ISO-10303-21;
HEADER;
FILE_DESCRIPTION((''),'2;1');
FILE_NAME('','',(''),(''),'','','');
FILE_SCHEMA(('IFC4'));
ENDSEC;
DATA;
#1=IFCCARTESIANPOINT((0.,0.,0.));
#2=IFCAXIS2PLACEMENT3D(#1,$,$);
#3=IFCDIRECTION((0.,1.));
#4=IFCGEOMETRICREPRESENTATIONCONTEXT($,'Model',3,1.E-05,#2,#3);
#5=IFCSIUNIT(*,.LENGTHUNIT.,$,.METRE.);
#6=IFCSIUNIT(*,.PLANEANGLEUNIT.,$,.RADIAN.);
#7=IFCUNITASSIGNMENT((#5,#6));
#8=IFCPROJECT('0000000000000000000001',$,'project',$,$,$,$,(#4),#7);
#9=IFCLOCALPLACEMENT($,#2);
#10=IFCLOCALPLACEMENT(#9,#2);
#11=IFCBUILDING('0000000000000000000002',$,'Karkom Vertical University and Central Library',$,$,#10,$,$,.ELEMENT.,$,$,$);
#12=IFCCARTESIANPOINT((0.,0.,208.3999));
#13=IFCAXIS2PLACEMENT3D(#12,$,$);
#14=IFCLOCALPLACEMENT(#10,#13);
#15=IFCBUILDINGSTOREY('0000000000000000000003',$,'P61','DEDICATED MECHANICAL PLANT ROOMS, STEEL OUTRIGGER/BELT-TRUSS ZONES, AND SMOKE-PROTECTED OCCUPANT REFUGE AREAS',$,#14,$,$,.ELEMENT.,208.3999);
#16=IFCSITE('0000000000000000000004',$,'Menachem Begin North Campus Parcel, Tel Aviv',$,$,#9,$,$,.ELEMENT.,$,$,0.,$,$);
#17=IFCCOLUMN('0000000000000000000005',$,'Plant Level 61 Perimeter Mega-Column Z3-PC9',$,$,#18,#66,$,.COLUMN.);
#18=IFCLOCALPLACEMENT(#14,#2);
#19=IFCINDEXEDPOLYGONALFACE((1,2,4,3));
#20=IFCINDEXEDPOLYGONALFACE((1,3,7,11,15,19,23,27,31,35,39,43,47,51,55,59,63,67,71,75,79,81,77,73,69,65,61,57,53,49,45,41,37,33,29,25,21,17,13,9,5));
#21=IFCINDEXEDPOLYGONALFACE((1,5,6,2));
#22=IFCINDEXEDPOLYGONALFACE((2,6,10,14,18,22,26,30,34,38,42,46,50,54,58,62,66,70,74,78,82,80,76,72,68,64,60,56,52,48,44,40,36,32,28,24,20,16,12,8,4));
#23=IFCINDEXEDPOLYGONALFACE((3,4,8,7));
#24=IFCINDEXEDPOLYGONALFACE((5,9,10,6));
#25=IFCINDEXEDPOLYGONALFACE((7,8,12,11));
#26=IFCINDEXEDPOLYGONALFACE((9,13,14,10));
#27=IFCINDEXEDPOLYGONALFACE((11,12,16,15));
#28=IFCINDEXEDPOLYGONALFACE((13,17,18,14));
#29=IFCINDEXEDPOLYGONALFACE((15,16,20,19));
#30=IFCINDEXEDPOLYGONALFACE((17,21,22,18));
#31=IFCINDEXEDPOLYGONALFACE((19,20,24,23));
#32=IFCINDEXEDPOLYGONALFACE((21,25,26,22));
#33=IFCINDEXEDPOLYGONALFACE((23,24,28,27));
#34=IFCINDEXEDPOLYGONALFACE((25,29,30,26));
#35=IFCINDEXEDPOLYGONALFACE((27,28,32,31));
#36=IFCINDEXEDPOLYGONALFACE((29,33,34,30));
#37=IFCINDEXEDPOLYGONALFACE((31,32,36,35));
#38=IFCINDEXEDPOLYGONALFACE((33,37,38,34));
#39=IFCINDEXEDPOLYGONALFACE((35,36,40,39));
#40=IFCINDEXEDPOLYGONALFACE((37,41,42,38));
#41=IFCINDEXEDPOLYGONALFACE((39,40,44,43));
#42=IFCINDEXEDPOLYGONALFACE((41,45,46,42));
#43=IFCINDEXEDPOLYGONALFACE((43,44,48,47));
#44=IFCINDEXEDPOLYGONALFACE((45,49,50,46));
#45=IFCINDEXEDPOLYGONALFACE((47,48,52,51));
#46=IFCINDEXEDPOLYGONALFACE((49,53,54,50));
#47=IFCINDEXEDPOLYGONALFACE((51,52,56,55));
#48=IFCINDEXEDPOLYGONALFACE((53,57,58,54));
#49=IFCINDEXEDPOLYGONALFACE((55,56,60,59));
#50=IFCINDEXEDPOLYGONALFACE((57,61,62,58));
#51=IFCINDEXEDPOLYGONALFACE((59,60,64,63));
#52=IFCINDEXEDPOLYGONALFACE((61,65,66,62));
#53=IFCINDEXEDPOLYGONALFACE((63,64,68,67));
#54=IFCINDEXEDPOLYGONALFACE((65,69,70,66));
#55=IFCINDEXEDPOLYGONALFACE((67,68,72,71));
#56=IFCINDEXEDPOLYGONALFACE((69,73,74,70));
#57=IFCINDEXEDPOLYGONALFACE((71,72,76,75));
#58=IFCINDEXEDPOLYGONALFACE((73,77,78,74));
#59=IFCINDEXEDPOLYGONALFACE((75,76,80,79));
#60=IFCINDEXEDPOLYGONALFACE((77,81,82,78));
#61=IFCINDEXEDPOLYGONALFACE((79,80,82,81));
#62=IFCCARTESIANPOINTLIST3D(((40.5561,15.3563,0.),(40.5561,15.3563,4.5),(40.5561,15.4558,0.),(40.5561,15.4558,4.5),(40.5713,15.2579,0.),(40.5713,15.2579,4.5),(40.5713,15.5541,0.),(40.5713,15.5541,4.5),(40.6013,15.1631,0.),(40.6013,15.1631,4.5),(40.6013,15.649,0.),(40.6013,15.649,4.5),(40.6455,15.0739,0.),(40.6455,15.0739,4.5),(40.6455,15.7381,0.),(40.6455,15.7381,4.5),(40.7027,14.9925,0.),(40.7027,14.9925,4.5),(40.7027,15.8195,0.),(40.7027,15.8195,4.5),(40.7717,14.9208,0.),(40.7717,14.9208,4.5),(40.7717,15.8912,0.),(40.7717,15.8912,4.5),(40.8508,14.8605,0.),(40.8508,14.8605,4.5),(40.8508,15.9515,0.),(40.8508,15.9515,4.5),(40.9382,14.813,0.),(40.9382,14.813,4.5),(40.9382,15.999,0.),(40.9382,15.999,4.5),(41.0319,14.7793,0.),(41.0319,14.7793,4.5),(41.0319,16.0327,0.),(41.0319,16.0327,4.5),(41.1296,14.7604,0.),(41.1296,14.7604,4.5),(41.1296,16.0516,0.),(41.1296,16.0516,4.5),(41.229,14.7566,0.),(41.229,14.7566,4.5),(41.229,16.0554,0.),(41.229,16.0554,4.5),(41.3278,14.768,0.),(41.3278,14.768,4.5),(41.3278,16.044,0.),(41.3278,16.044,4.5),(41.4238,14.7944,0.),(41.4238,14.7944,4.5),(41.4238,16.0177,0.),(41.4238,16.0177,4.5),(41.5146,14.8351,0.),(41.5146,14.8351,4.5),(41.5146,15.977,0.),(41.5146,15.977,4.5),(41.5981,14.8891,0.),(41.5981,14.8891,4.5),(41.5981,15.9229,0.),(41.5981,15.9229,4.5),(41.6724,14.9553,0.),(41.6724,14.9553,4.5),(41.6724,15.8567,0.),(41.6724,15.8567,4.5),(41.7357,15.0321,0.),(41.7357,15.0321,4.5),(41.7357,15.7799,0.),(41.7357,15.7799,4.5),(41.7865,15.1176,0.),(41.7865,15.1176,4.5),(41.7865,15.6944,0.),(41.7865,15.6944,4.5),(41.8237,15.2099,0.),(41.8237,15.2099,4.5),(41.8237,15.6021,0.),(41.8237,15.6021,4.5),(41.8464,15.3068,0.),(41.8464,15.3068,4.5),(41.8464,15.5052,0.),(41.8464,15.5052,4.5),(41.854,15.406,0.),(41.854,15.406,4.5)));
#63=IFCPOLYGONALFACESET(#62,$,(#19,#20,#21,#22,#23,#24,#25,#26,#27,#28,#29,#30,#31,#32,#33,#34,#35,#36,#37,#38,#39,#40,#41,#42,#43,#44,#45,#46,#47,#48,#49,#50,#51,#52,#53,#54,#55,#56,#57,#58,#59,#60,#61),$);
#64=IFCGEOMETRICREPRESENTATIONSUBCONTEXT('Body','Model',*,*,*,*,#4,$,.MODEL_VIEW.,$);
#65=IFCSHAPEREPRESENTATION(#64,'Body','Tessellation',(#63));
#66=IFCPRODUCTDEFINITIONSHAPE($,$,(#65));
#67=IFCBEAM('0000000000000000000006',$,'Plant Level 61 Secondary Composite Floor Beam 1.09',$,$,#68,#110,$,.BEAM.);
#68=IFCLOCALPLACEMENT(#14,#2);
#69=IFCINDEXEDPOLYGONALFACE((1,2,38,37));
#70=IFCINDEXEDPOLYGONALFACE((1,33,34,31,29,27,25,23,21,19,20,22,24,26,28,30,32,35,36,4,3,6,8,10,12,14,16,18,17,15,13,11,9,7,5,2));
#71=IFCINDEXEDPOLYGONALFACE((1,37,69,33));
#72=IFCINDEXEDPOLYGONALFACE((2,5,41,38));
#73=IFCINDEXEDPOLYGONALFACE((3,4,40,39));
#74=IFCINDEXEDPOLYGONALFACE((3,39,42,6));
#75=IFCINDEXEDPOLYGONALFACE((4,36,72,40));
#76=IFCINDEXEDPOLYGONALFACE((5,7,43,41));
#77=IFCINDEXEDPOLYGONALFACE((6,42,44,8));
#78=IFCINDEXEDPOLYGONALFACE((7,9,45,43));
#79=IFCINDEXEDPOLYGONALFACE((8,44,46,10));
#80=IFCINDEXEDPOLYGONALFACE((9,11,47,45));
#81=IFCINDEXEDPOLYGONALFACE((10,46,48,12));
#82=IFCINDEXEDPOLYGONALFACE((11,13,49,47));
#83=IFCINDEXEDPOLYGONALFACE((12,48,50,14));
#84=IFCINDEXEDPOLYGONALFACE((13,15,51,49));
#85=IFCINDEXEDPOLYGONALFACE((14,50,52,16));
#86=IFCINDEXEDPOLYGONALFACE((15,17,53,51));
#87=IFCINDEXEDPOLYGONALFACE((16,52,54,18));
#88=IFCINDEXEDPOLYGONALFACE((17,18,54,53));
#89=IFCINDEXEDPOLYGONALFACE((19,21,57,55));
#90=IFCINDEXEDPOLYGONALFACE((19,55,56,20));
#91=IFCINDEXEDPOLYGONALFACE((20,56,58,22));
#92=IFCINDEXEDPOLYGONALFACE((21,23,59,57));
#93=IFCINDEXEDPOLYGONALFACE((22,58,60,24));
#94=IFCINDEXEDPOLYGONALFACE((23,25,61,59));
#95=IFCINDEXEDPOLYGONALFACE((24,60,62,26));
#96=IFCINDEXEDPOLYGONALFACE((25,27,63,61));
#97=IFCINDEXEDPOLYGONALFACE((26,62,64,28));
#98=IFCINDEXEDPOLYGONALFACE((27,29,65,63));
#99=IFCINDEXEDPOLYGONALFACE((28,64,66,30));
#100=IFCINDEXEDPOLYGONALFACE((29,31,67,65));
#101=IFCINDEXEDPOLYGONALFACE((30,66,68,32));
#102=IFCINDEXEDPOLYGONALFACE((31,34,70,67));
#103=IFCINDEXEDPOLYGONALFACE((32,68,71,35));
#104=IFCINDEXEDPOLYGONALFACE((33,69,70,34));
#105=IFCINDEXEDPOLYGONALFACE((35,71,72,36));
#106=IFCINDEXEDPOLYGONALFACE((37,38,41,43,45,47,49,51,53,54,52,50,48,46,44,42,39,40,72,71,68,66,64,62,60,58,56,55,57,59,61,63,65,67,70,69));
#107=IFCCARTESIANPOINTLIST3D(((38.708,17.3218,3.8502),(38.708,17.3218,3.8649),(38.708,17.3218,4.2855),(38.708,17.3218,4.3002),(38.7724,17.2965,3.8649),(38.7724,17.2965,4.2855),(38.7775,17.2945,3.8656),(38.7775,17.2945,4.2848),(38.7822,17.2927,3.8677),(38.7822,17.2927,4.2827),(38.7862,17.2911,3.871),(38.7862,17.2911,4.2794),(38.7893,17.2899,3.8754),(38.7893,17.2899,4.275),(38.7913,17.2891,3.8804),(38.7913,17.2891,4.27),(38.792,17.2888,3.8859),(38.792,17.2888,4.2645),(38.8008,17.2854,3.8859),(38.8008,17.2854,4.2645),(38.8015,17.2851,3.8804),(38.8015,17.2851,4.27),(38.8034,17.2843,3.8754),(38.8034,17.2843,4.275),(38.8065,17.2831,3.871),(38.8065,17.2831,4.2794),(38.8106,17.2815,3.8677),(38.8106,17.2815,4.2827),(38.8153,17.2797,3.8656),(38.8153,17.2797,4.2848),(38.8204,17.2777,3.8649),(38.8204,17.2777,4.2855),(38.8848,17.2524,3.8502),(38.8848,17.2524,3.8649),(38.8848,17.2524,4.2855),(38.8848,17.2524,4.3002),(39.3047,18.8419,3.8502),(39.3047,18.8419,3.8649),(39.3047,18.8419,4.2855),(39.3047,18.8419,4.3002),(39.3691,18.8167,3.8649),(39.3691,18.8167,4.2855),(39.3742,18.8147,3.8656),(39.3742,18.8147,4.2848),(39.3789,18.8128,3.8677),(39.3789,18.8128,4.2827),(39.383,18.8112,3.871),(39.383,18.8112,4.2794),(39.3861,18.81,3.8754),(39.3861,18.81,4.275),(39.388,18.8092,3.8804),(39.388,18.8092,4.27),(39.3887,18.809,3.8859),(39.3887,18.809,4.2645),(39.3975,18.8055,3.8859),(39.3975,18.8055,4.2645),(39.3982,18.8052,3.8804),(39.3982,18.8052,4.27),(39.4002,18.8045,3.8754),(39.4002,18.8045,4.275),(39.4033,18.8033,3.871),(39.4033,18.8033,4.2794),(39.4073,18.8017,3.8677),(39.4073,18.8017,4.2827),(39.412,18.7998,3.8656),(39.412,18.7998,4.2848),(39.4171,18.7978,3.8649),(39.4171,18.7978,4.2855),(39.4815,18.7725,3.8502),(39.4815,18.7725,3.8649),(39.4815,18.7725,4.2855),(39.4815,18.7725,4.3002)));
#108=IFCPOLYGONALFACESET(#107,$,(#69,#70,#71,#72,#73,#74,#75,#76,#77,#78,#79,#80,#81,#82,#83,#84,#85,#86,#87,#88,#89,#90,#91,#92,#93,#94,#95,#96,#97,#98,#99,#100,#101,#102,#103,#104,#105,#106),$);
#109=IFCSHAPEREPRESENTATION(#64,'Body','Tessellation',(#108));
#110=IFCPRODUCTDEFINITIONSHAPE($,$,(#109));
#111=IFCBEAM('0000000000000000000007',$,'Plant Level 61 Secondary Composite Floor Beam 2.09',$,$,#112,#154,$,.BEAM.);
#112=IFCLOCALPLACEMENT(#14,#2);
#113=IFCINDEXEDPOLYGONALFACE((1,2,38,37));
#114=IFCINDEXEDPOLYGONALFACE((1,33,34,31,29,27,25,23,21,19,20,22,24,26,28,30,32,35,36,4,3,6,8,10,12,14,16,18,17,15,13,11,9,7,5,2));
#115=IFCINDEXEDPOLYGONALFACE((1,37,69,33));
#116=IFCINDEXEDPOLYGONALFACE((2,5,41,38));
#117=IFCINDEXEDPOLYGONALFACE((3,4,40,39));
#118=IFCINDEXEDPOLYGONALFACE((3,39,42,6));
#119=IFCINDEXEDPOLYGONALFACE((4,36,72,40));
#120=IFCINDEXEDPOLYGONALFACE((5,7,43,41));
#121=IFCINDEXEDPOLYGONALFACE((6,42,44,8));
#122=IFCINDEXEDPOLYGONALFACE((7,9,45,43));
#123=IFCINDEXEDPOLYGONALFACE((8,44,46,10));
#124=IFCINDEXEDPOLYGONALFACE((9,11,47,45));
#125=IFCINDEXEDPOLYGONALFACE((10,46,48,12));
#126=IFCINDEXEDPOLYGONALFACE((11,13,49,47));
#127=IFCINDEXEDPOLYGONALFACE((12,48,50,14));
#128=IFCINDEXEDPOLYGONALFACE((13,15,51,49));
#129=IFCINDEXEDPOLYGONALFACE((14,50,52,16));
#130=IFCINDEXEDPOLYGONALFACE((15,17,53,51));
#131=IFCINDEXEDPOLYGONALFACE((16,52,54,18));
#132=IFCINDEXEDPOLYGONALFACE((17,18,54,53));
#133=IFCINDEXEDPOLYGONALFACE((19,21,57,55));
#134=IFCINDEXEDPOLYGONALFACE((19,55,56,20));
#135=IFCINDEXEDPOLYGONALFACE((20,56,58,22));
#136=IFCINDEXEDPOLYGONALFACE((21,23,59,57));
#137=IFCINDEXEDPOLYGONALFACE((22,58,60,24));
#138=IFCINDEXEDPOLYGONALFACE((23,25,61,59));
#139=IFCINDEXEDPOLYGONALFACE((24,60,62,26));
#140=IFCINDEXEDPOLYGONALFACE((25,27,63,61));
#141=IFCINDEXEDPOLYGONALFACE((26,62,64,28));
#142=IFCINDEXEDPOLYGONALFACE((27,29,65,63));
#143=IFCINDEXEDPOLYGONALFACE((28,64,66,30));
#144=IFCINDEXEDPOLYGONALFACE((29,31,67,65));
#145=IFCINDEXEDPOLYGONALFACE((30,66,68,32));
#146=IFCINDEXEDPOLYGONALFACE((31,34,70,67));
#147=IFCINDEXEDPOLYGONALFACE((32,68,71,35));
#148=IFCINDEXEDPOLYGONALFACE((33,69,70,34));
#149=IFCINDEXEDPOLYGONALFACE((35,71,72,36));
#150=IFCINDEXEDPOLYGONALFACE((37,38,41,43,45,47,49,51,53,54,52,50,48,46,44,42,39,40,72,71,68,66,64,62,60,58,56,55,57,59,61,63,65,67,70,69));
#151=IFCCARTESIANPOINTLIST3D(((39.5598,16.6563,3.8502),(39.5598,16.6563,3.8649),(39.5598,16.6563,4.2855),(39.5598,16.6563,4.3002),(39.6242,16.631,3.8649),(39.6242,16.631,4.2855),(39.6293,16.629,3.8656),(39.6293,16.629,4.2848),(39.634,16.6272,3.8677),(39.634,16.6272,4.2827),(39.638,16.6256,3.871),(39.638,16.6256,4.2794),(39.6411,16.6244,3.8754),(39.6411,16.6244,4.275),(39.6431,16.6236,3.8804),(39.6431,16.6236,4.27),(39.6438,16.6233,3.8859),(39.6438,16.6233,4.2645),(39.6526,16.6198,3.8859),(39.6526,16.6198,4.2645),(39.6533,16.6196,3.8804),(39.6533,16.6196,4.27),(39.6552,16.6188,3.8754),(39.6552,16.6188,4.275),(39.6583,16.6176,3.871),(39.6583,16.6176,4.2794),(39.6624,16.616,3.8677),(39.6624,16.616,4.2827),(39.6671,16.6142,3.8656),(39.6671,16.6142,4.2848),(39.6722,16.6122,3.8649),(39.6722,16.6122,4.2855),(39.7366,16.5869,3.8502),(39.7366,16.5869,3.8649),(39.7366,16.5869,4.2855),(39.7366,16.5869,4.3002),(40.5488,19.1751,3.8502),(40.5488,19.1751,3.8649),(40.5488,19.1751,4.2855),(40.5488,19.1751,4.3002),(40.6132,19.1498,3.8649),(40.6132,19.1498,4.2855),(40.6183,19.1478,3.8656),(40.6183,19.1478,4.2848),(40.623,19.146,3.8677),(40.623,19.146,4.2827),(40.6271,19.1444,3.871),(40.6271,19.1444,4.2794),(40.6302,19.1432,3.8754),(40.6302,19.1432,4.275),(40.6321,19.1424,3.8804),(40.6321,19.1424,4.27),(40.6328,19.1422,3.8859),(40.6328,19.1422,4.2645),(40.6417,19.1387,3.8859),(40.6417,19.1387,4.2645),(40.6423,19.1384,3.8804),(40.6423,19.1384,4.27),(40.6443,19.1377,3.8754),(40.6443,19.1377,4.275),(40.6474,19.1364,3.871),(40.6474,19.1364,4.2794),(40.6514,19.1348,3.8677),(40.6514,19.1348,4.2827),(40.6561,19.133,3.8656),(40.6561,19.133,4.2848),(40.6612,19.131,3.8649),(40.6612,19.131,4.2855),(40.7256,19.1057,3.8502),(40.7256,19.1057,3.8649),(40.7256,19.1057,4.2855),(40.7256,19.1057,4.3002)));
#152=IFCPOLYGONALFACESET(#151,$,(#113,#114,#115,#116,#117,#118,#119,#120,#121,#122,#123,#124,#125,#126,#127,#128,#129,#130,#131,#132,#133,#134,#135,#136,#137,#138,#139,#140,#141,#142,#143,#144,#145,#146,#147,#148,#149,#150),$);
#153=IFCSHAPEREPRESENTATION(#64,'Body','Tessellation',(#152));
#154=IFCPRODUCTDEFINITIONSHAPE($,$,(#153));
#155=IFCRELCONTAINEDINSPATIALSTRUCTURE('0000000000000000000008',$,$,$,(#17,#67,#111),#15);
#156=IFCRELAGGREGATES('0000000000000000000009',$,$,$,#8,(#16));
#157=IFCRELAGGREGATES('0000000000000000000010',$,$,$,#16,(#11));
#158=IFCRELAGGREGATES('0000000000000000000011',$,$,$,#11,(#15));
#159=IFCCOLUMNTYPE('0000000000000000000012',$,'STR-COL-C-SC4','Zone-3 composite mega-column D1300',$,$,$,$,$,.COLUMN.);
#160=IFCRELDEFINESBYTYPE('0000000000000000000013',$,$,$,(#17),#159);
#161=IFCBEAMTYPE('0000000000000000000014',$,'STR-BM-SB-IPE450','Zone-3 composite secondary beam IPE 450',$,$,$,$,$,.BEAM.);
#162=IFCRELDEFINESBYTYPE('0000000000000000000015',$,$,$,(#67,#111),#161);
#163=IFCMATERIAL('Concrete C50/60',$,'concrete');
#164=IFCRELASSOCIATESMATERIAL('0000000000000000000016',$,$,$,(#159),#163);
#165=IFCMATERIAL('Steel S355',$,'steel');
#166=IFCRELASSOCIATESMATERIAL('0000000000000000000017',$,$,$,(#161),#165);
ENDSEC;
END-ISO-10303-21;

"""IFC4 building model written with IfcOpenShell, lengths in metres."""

from ifc_helpers import new_model, si_unit, direction, frame, origin, origin_with_axes, origin_2d, place, context, subcontext, project, spatial, circle, i_section, extrude, source, transform, mapped, material, material_profile, profile_set, type_object, element, save


model = new_model("IFC4")

# Units and contexts
model_context = context("Model", 3, precision=1e-05, world=origin(), true_north=direction((0.0, 1.0)))
body_context = subcontext(model_context, "Body", "Model", "MODEL_VIEW")
ifc_project = project(units=[si_unit("LENGTHUNIT", "METRE"), si_unit("PLANEANGLEUNIT", "RADIAN")], contexts=[model_context])

# Site, building, storey
site_placement = place(None, origin())
site = spatial("IfcSite", under=ifc_project, at=site_placement, Name="Menachem Begin North Campus Parcel, Tel Aviv", CompositionType="ELEMENT", RefElevation=0.0)
building_placement = place(site_placement, origin())
building = spatial("IfcBuilding", under=site, at=building_placement, Name="Karkom Vertical University and Central Library", CompositionType="ELEMENT")
storey_placement = place(building_placement, frame((0.0, 0.0, 208.3999)))
storey = spatial("IfcBuildingStorey", under=building, at=storey_placement, Name="P61", Description="DEDICATED MECHANICAL PLANT ROOMS, STEEL OUTRIGGER/BELT-TRUSS ZONES, AND SMOKE-PROTECTED OCCUPANT REFUGE AREAS", CompositionType="ELEMENT", Elevation=208.3999)

# Column
ifc_material_1 = material(Name="Concrete C50/60", Category="concrete")
ifc_material_profile_1 = material_profile(ifc_material_1, circle(Radius=0.6499, at=origin_2d()), Name="CFT-D1300")
ifc_profile_set_1 = profile_set([ifc_material_profile_1], Name="Concrete C50/60")
column_type = type_object("IfcColumnType", Name="STR-COL-C-SC4", Description="Zone-3 composite mega-column D1300", PredefinedType="COLUMN", material=ifc_profile_set_1)
shared_shape_1 = source(origin_with_axes(), body_context, "Body", "SweptSolid", [
    extrude(circle(Radius=0.6499, at=origin_2d()), origin(), (0.0, 0.0, 1.0), 4.5),
])
column_placement = place(storey_placement, frame((41.2041, 15.406, 0.0), z_axis=(0.0, 0.0, 1.0), x_axis=(1.0, 0.0, 0.0)))
element("IfcColumn", 1, at=column_placement, inside=storey, type_object=column_type, Name="Plant Level 61 Perimeter Mega-Column Z3-PC9", PredefinedType="COLUMN", context=body_context, shape_type="MappedRepresentation", body=[
    mapped(shared_shape_1, transform((0.0, 0.0, 0.0), scale=1.0)),
])

# Beams
ifc_material_2 = material(Name="Steel S355", Category="steel")
ifc_material_profile_2 = material_profile(ifc_material_2, i_section(OverallWidth=0.1899, OverallDepth=0.45, WebThickness=0.0095, FlangeThickness=0.0146, FilletRadius=0.021, at=origin_2d()), Name="IPE 450")
ifc_profile_set_2 = profile_set([ifc_material_profile_2], Name="Steel S355")
beam_type_1 = type_object("IfcBeamType", Name="STR-BM-SB-IPE450", Description="Zone-3 composite secondary beam IPE 450", PredefinedType="BEAM", material=ifc_profile_set_2)
shared_shape_2 = source(origin_with_axes(), body_context, "Body", "SweptSolid", [
    extrude(i_section(OverallWidth=0.1899, OverallDepth=0.45, WebThickness=0.0095, FlangeThickness=0.0146, FilletRadius=0.021, at=origin_2d()), origin(), (0.0, 0.0, 1.0), 1.6331),
])
beam_1_placement = place(storey_placement, frame((38.7964, 17.2871, 4.0752), z_axis=(0.365403, 0.93085, 0.0), x_axis=(-0.93085, 0.365403, 0.0)))
element("IfcBeam", 2, at=beam_1_placement, inside=storey, type_object=beam_type_1, Name="Plant Level 61 Secondary Composite Floor Beam 1.09", PredefinedType="BEAM", context=body_context, shape_type="MappedRepresentation", body=[
    mapped(shared_shape_2, transform((0.0, 0.0, 0.0), scale=1.0)),
])
shared_shape_3 = source(origin_with_axes(), body_context, "Body", "SweptSolid", [
    extrude(i_section(OverallWidth=0.1899, OverallDepth=0.45, WebThickness=0.0095, FlangeThickness=0.0146, FilletRadius=0.021, at=origin_2d()), origin(), (0.0, 0.0, 1.0), 2.7061),
])
beam_2_placement = place(storey_placement, frame((39.6482, 16.6216, 4.0752), z_axis=(0.365488, 0.930816, 0.0), x_axis=(-0.930816, 0.365488, 0.0)))
element("IfcBeam", 3, at=beam_2_placement, inside=storey, type_object=beam_type_1, Name="Plant Level 61 Secondary Composite Floor Beam 2.09", PredefinedType="BEAM", context=body_context, shape_type="MappedRepresentation", body=[
    mapped(shared_shape_3, transform((0.0, 0.0, 0.0), scale=1.0)),
])

save(model, "model.ifc")
